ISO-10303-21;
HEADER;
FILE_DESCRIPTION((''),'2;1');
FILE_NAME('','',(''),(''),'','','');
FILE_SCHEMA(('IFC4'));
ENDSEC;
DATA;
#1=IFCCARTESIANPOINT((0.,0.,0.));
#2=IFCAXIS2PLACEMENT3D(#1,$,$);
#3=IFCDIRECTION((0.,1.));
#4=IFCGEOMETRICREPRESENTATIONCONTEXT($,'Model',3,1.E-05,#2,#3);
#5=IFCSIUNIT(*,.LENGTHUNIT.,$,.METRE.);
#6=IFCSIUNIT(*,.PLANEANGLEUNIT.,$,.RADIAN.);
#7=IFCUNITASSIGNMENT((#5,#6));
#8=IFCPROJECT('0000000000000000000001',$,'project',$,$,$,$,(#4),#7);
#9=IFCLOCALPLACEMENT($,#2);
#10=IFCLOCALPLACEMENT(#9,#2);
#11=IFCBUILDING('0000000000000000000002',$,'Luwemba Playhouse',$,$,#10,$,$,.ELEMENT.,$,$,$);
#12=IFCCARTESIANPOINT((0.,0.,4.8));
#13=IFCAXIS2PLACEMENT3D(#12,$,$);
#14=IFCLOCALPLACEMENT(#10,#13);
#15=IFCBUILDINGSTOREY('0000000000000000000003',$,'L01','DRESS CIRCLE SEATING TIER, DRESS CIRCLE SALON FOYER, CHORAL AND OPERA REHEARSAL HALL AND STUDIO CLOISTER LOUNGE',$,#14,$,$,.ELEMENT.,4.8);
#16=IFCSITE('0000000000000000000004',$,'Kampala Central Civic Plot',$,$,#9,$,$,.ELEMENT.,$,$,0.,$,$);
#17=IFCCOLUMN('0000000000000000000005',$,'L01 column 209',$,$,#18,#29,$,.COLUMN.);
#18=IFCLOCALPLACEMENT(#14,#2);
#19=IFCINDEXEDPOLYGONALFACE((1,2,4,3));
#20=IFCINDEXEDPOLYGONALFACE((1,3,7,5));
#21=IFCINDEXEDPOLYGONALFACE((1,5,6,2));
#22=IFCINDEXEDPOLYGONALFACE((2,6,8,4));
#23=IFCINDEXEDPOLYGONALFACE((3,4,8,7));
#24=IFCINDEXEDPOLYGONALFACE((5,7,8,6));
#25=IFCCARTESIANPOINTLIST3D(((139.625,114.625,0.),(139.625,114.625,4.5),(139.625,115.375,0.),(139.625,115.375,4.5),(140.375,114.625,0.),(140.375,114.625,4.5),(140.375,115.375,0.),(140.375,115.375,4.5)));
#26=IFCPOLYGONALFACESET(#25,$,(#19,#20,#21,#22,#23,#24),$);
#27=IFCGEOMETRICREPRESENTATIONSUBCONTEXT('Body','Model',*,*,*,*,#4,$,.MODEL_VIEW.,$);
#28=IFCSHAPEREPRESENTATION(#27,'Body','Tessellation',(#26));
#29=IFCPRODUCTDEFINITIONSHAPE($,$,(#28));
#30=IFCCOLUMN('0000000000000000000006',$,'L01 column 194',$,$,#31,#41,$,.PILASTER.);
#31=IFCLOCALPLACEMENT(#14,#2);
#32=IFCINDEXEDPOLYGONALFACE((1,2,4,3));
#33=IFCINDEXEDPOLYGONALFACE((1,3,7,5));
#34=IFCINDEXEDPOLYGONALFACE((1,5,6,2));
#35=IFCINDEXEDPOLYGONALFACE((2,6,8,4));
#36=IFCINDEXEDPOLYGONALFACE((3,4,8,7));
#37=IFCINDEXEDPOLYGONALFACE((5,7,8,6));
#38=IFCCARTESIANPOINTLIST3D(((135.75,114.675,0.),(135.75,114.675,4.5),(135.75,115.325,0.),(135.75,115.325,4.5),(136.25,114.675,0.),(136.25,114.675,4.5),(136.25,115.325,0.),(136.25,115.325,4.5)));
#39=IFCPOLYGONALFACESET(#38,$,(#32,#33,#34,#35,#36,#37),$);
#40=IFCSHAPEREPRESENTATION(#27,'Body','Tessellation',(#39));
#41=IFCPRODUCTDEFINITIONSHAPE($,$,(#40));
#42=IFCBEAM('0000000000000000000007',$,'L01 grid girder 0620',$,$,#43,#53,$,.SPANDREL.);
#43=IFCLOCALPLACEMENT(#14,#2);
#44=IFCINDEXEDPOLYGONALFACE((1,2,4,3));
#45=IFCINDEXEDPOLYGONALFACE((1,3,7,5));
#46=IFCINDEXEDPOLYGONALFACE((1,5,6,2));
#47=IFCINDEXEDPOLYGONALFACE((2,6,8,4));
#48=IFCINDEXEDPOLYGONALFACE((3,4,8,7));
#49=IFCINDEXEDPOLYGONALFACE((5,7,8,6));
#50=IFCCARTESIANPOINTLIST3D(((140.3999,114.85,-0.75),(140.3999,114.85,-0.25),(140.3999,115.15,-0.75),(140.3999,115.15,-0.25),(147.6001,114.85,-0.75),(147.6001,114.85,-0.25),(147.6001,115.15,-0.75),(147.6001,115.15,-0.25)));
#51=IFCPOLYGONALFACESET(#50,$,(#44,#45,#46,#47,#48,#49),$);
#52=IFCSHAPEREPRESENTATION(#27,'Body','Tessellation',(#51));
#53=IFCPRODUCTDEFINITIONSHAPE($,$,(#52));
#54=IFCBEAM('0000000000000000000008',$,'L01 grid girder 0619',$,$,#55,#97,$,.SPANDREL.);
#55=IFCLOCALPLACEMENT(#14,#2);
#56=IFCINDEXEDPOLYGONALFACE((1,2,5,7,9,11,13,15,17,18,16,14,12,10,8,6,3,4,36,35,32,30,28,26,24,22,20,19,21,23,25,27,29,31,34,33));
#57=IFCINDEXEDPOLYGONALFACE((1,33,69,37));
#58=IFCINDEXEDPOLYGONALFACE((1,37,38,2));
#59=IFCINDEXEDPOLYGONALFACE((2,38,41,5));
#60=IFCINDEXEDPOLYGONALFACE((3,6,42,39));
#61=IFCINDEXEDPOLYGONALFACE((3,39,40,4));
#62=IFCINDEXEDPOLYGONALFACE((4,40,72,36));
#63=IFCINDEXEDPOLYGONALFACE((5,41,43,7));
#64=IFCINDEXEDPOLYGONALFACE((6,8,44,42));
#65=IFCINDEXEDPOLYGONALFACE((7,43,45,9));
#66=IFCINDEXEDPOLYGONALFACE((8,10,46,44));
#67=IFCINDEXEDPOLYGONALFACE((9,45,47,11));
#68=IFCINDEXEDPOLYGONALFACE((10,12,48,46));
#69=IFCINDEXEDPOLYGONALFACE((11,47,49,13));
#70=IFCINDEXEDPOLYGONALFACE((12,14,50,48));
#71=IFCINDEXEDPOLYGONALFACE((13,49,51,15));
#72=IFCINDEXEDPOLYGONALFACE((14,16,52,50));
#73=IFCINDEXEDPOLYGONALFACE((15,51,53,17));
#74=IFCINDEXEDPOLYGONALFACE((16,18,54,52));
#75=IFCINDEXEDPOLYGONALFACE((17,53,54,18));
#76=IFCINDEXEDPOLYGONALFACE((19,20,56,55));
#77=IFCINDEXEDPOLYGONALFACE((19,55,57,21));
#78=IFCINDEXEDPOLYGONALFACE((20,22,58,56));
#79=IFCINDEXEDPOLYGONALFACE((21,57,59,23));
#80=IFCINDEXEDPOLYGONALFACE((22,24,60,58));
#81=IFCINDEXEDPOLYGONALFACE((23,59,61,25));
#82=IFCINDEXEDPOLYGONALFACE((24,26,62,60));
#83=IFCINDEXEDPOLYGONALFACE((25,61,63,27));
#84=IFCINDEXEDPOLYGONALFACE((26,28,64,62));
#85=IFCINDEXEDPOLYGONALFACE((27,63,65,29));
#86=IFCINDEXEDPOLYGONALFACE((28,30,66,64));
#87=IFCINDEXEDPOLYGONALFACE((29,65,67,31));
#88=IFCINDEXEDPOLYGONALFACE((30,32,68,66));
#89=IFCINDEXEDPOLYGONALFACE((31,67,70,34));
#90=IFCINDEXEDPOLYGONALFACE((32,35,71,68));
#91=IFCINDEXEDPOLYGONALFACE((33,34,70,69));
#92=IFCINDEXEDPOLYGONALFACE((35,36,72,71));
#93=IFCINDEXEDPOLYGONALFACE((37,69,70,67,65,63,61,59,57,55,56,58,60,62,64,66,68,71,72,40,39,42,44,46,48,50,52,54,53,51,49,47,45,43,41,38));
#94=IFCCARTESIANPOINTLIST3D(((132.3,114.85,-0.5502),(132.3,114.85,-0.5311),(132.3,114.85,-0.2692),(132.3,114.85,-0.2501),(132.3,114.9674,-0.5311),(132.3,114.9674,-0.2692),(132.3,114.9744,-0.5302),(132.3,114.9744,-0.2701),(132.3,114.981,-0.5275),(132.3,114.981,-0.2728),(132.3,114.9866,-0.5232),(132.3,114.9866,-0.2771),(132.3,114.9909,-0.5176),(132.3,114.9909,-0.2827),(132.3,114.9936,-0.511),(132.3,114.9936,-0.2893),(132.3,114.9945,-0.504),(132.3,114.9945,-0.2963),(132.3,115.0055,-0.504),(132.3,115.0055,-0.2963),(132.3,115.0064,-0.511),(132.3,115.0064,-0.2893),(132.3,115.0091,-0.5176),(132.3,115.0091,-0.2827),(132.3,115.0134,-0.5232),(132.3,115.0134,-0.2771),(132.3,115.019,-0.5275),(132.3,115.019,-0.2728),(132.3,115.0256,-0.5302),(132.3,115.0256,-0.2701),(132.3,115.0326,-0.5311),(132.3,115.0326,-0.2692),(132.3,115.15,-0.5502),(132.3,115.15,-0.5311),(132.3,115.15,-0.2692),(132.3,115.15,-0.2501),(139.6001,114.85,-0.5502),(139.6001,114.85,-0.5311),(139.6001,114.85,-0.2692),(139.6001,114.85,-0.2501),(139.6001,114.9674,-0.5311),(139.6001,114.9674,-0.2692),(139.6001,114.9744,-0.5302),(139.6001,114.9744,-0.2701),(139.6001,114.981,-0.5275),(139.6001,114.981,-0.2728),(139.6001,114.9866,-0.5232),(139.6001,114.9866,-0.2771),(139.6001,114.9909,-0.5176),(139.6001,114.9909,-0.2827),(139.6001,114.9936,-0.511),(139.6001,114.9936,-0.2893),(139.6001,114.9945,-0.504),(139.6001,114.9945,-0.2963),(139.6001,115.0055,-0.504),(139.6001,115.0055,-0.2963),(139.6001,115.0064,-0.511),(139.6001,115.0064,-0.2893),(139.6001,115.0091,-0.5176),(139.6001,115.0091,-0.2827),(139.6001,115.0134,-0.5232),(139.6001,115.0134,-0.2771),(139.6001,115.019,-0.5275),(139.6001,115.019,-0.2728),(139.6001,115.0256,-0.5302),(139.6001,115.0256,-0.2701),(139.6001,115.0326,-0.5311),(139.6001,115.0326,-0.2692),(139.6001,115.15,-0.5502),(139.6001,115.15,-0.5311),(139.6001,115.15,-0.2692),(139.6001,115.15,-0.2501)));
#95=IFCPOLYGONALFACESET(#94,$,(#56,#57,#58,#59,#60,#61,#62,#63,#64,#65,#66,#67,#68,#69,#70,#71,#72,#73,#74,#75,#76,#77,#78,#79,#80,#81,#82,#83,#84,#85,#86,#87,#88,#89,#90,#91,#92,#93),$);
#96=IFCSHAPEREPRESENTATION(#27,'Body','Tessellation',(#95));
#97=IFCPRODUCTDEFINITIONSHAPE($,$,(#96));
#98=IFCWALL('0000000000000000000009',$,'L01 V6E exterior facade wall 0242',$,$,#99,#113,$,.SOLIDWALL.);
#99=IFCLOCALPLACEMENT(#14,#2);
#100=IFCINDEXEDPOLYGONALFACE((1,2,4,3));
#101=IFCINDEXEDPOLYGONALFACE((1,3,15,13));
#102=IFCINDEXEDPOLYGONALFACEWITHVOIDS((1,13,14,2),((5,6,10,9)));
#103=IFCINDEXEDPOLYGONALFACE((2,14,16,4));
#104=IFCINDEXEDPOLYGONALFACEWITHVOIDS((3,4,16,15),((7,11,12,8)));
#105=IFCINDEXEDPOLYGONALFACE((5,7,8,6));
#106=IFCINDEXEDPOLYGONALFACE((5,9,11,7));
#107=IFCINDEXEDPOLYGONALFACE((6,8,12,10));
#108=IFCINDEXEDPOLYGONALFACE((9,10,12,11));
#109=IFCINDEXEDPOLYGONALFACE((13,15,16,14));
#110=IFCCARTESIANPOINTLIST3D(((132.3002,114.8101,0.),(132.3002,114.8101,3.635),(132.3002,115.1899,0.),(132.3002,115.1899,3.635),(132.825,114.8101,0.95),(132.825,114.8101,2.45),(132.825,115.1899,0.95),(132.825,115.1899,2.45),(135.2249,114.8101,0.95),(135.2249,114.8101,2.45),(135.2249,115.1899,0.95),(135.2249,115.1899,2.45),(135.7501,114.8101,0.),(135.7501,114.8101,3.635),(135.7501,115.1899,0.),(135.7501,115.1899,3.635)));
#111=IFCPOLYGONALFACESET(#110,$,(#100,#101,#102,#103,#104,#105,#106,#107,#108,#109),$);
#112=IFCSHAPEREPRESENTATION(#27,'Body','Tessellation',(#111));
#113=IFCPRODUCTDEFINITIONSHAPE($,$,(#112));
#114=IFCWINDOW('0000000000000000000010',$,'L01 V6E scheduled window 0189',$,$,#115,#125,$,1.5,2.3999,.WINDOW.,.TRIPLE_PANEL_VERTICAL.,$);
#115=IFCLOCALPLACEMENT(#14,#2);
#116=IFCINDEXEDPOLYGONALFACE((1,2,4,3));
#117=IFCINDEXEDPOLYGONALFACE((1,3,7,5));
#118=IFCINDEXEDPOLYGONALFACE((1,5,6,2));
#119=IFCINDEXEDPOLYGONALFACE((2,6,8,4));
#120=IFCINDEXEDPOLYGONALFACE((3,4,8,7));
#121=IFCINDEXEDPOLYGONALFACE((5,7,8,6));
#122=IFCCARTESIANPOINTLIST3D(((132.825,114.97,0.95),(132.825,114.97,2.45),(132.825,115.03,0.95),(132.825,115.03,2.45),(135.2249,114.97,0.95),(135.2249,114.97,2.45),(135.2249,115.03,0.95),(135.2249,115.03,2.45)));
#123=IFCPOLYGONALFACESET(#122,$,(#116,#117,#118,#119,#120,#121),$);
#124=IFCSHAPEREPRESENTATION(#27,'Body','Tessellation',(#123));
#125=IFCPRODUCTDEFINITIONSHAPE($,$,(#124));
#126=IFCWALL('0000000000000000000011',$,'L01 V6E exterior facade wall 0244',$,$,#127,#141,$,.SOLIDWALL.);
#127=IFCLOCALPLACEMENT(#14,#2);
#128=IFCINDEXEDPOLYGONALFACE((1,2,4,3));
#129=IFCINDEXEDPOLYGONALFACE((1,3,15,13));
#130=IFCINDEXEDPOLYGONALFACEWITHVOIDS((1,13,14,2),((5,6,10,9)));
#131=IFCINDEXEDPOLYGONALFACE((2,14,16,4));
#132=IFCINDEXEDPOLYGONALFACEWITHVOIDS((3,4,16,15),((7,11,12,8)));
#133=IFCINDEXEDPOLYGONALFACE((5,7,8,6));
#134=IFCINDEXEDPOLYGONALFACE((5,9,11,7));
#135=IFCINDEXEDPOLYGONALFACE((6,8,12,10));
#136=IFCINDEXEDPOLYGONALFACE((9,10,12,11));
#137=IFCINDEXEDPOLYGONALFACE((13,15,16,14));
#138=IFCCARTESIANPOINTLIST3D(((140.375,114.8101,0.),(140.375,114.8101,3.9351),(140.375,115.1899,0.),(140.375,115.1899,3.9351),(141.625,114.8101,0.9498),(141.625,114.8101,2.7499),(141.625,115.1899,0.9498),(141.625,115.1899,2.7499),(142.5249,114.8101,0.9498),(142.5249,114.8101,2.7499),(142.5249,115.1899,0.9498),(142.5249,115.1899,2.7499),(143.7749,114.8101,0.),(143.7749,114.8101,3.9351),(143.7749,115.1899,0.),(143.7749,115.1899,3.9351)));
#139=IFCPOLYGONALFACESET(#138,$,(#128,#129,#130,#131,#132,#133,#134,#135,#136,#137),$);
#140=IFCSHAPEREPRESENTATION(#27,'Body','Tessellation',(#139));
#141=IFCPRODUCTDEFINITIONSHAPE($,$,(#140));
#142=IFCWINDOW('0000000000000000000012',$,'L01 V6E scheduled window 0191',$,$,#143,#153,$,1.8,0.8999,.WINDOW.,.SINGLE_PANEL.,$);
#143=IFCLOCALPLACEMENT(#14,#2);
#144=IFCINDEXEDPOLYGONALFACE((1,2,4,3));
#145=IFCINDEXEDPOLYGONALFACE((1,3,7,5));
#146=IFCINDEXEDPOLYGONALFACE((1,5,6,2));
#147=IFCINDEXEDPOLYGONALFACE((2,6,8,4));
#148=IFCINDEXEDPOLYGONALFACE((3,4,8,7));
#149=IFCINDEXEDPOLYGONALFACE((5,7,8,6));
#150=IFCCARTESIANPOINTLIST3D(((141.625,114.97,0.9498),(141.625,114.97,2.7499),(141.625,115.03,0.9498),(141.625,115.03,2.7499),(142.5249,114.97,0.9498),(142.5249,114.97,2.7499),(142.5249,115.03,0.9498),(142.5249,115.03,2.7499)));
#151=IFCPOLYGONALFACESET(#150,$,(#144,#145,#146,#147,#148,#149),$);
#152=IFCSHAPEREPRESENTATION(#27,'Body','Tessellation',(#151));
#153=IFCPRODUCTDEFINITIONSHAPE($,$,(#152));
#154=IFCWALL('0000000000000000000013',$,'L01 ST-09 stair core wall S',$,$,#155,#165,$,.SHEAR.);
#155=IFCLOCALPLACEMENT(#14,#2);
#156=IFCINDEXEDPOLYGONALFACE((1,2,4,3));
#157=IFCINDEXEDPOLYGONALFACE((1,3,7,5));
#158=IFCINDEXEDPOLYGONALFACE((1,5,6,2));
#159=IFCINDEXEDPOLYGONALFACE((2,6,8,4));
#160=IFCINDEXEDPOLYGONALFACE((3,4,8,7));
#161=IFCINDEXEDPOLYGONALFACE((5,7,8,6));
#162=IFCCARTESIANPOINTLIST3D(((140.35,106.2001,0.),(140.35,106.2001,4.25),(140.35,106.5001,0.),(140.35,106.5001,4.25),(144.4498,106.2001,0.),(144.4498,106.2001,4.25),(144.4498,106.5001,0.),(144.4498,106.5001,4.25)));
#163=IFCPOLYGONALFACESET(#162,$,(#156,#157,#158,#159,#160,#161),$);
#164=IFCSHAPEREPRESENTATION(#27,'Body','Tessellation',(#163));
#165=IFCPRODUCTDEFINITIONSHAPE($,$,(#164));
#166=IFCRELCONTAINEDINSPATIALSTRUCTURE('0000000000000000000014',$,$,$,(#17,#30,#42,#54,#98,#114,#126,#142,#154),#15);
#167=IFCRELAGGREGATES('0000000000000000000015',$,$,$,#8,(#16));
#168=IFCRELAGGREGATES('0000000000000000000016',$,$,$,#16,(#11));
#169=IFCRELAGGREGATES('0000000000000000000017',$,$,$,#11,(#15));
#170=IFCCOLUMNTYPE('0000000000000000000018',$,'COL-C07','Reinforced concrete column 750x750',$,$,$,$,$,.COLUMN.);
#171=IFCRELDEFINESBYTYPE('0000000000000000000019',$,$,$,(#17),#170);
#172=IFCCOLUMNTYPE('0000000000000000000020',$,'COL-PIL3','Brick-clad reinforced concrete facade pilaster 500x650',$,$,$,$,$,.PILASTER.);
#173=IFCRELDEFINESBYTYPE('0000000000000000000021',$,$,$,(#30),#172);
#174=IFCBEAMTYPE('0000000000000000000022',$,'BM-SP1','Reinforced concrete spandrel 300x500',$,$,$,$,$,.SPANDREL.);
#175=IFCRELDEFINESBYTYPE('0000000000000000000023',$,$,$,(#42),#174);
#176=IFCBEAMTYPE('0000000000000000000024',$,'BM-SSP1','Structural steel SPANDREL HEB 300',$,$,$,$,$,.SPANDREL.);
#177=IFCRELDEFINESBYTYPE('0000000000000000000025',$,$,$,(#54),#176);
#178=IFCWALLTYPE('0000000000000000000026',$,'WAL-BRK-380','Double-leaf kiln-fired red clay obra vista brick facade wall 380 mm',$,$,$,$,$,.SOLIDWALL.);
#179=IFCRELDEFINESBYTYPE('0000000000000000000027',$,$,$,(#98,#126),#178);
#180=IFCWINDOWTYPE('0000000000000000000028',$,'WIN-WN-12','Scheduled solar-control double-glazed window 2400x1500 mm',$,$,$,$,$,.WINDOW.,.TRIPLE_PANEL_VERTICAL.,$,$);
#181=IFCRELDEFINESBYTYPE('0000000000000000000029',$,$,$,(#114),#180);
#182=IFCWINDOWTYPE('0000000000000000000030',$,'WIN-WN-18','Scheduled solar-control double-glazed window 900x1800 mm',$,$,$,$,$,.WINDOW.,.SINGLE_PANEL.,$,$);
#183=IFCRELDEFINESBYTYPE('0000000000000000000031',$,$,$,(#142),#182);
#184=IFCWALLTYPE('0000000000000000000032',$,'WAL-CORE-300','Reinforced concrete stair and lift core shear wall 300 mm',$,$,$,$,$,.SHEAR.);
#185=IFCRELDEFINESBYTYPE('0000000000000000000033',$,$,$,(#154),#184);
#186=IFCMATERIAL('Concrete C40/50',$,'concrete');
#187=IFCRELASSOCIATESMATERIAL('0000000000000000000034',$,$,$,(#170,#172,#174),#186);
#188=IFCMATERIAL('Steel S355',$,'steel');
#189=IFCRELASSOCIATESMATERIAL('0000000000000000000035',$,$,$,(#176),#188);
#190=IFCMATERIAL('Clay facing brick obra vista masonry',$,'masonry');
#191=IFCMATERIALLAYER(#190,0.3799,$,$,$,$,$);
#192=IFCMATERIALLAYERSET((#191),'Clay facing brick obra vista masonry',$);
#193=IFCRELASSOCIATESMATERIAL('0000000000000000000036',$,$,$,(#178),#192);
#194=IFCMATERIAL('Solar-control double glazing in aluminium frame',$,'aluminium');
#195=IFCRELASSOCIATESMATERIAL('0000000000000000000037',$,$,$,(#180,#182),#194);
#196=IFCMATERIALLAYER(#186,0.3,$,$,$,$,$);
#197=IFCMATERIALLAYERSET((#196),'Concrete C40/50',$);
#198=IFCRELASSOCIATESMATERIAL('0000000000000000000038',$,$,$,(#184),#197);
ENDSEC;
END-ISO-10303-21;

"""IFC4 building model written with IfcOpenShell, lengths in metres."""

from ifc_helpers import new_model, si_unit, direction, frame, frame_2d, origin, origin_2d, place, context, subcontext, project, spatial, rectangle, i_section, extrude, material, layer, layer_set, material_profile, profile_set, type_object, element, fill, save


model = new_model("IFC4")

# Units and contexts
model_context = context("Model", 3, precision=1e-05, world=origin(), true_north=direction((0.0, 1.0)))
body_context = subcontext(model_context, "Body", "Model", "MODEL_VIEW")
ifc_project = project(units=[si_unit("LENGTHUNIT", "METRE"), si_unit("PLANEANGLEUNIT", "RADIAN")], contexts=[model_context])

# Site, building, storey
site_placement = place(None, origin())
site = spatial("IfcSite", under=ifc_project, at=site_placement, Name="Kampala Central Civic Plot", CompositionType="ELEMENT", RefElevation=0.0)
building_placement = place(site_placement, origin())
building = spatial("IfcBuilding", under=site, at=building_placement, Name="Luwemba Playhouse", CompositionType="ELEMENT")
storey_placement = place(building_placement, frame((0.0, 0.0, 4.8)))
storey = spatial("IfcBuildingStorey", under=building, at=storey_placement, Name="L01", Description="DRESS CIRCLE SEATING TIER, DRESS CIRCLE SALON FOYER, CHORAL AND OPERA REHEARSAL HALL AND STUDIO CLOISTER LOUNGE", CompositionType="ELEMENT", Elevation=4.8)

# Columns
ifc_material_1 = material(Name="Concrete C40/50", Category="concrete")
ifc_material_profile_1 = material_profile(ifc_material_1, rectangle(XDim=0.75, YDim=0.75, at=origin_2d()))
ifc_profile_set_1 = profile_set([ifc_material_profile_1], Name="Concrete C40/50")
column_type_1 = type_object("IfcColumnType", Name="COL-C07", Description="Reinforced concrete column 750x750", PredefinedType="COLUMN", material=ifc_profile_set_1)
column_1_placement = place(storey_placement, frame((140.0, 115.0, 0.0), z_axis=(0.0, 0.0, 1.0), x_axis=(1.0, 0.0, 0.0)))
element("IfcColumn", 1, at=column_1_placement, inside=storey, type_object=column_type_1, Name="L01 column 209", PredefinedType="COLUMN", context=body_context, shape_type="SweptSolid", body=[
    extrude(rectangle(XDim=0.75, YDim=0.75, at=origin_2d()), origin(), (0.0, 0.0, 1.0), 4.5),
])
ifc_material_profile_2 = material_profile(ifc_material_1, rectangle(XDim=0.5, YDim=0.6499, at=origin_2d()))
ifc_profile_set_2 = profile_set([ifc_material_profile_2], Name="Concrete C40/50")
column_type_2 = type_object("IfcColumnType", Name="COL-PIL3", Description="Brick-clad reinforced concrete facade pilaster 500x650", PredefinedType="PILASTER", material=ifc_profile_set_2)
column_2_placement = place(storey_placement, frame((136.0, 115.0, 0.0), z_axis=(0.0, 0.0, 1.0), x_axis=(1.0, 0.0, 0.0)))
element("IfcColumn", 2, at=column_2_placement, inside=storey, type_object=column_type_2, Name="L01 column 194", PredefinedType="PILASTER", context=body_context, shape_type="SweptSolid", body=[
    extrude(rectangle(XDim=0.5, YDim=0.6499, at=origin_2d()), origin(), (0.0, 0.0, 1.0), 4.5),
])

# Beams
ifc_material_profile_3 = material_profile(ifc_material_1, rectangle(XDim=0.3, YDim=0.5, at=origin_2d()))
ifc_profile_set_3 = profile_set([ifc_material_profile_3], Name="Concrete C40/50")
beam_type_1 = type_object("IfcBeamType", Name="BM-SP1", Description="Reinforced concrete spandrel 300x500", PredefinedType="SPANDREL", material=ifc_profile_set_3)
beam_1_placement = place(storey_placement, frame((140.3999, 115.0, -0.5), z_axis=(1.0, 0.0, 0.0), x_axis=(0.0, 1.0, 0.0)))
element("IfcBeam", 3, at=beam_1_placement, inside=storey, type_object=beam_type_1, Name="L01 grid girder 0620", PredefinedType="SPANDREL", context=body_context, shape_type="SweptSolid", body=[
    extrude(rectangle(XDim=0.3, YDim=0.5, at=origin_2d()), origin(), (0.0, 0.0, 1.0), 7.2002),
])
ifc_material_2 = material(Name="Steel S355", Category="steel")
ifc_material_profile_4 = material_profile(ifc_material_2, i_section(OverallWidth=0.3, OverallDepth=0.3, WebThickness=0.011, FlangeThickness=0.019, FilletRadius=0.0271, at=origin_2d()))
ifc_profile_set_4 = profile_set([ifc_material_profile_4], Name="Steel S355")
beam_type_2 = type_object("IfcBeamType", Name="BM-SSP1", Description="Structural steel SPANDREL HEB 300", PredefinedType="SPANDREL", material=ifc_profile_set_4)
beam_2_placement = place(storey_placement, frame((132.3, 115.0, -0.4001), z_axis=(1.0, 0.0, 0.0), x_axis=(0.0, 1.0, 0.0)))
element("IfcBeam", 4, at=beam_2_placement, inside=storey, type_object=beam_type_2, Name="L01 grid girder 0619", PredefinedType="SPANDREL", context=body_context, shape_type="SweptSolid", body=[
    extrude(i_section(OverallWidth=0.3, OverallDepth=0.3, WebThickness=0.011, FlangeThickness=0.019, FilletRadius=0.0271, at=origin_2d()), origin(), (0.0, 0.0, 1.0), 7.3),
])

# Walls, openings, windows
ifc_material_3 = material(Name="Clay facing brick obra vista masonry", Category="masonry")
ifc_layer_1 = layer(ifc_material_3, 0.3799)
ifc_layer_set_1 = layer_set([ifc_layer_1], Name="Clay facing brick obra vista masonry")
wall_type_1 = type_object("IfcWallType", Name="WAL-BRK-380", Description="Double-leaf kiln-fired red clay obra vista brick facade wall 380 mm", PredefinedType="SOLIDWALL", material=ifc_layer_set_1)
wall_1_placement = place(storey_placement, frame((132.3, 115.0, 0.0), z_axis=(0.0, 0.0, 1.0), x_axis=(1.0, 0.0, 0.0)))
wall_1 = element("IfcWall", 5, at=wall_1_placement, inside=storey, type_object=wall_type_1, Name="L01 V6E exterior facade wall 0242", PredefinedType="SOLIDWALL", context=body_context, shape_type="SweptSolid", body=[
    extrude(rectangle(XDim=3.45, YDim=0.3799, at=frame_2d((1.7251, 0.0))), origin(), (0.0, 0.0, 1.0), 3.635),
])
opening_1_placement = place(wall_1_placement, frame((0.5249, 0.0, 0.95)))
opening_1 = element("IfcOpeningElement", 6, at=opening_1_placement, cuts=wall_1, PredefinedType="OPENING", context=body_context, shape_type="SweptSolid", body=[
    extrude(rectangle(XDim=2.3999, YDim=1.5, at=frame_2d((1.2, 0.75))), frame((0.0, 0.2, 0.0), z_axis=(0.0, -1.0, 0.0), x_axis=(1.0, 0.0, 0.0)), (0.0, 0.0, 1.0), 0.3999),
])
ifc_material_4 = material(Name="Solar-control double glazing in aluminium frame", Category="aluminium")
window_type_1 = type_object("IfcWindowType", Name="WIN-WN-12", Description="Scheduled solar-control double-glazed window 2400x1500 mm", PartitioningType="TRIPLE_PANEL_VERTICAL", PredefinedType="WINDOW", material=ifc_material_4)
window_1_placement = place(opening_1_placement, origin())
window_1 = element("IfcWindow", 7, at=window_1_placement, inside=storey, type_object=window_type_1, Name="L01 V6E scheduled window 0189", OverallHeight=1.5, OverallWidth=2.3999, PartitioningType="TRIPLE_PANEL_VERTICAL", PredefinedType="WINDOW", context=body_context, shape_type="SweptSolid", body=[
    extrude(rectangle(XDim=2.3999, YDim=1.5, at=frame_2d((1.2, 0.75))), frame((0.0, 0.03, 0.0), z_axis=(0.0, -1.0, 0.0), x_axis=(1.0, 0.0, 0.0)), (0.0, 0.0, 1.0), 0.0601),
])
fill(opening_1, window_1)
wall_2_placement = place(storey_placement, frame((140.375, 115.0, 0.0), z_axis=(0.0, 0.0, 1.0), x_axis=(1.0, 0.0, 0.0)))
wall_2 = element("IfcWall", 8, at=wall_2_placement, inside=storey, type_object=wall_type_1, Name="L01 V6E exterior facade wall 0244", PredefinedType="SOLIDWALL", context=body_context, shape_type="SweptSolid", body=[
    extrude(rectangle(XDim=3.3999, YDim=0.3799, at=frame_2d((1.7, 0.0))), origin(), (0.0, 0.0, 1.0), 3.9351),
])
opening_2_placement = place(wall_2_placement, frame((1.25, 0.0, 0.95)))
opening_2 = element("IfcOpeningElement", 9, at=opening_2_placement, cuts=wall_2, PredefinedType="OPENING", context=body_context, shape_type="SweptSolid", body=[
    extrude(rectangle(XDim=0.8999, YDim=1.8, at=frame_2d((0.45, 0.8999))), frame((0.0, 0.2, 0.0), z_axis=(0.0, -1.0, 0.0), x_axis=(1.0, 0.0, 0.0)), (0.0, 0.0, 1.0), 0.3999),
])
window_type_2 = type_object("IfcWindowType", Name="WIN-WN-18", Description="Scheduled solar-control double-glazed window 900x1800 mm", PartitioningType="SINGLE_PANEL", PredefinedType="WINDOW", material=ifc_material_4)
window_2_placement = place(opening_2_placement, origin())
window_2 = element("IfcWindow", 10, at=window_2_placement, inside=storey, type_object=window_type_2, Name="L01 V6E scheduled window 0191", OverallHeight=1.8, OverallWidth=0.8999, PartitioningType="SINGLE_PANEL", PredefinedType="WINDOW", context=body_context, shape_type="SweptSolid", body=[
    extrude(rectangle(XDim=0.8999, YDim=1.8, at=frame_2d((0.45, 0.8999))), frame((0.0, 0.03, 0.0), z_axis=(0.0, -1.0, 0.0), x_axis=(1.0, 0.0, 0.0)), (0.0, 0.0, 1.0), 0.0601),
])
fill(opening_2, window_2)

# Wall
ifc_layer_2 = layer(ifc_material_1, 0.3)
ifc_layer_set_2 = layer_set([ifc_layer_2], Name="Concrete C40/50")
wall_type_2 = type_object("IfcWallType", Name="WAL-CORE-300", Description="Reinforced concrete stair and lift core shear wall 300 mm", PredefinedType="SHEAR", material=ifc_layer_set_2)
wall_3_placement = place(storey_placement, frame((140.3501, 106.3501, 0.0), z_axis=(0.0, 0.0, 1.0), x_axis=(1.0, 0.0, 0.0)))
element("IfcWall", 11, at=wall_3_placement, inside=storey, type_object=wall_type_2, Name="L01 ST-09 stair core wall S", PredefinedType="SHEAR", context=body_context, shape_type="SweptSolid", body=[
    extrude(rectangle(XDim=4.0999, YDim=0.3, at=frame_2d((2.0498, 0.0))), origin(), (0.0, 0.0, 1.0), 4.25),
])

save(model, "model.ifc")
